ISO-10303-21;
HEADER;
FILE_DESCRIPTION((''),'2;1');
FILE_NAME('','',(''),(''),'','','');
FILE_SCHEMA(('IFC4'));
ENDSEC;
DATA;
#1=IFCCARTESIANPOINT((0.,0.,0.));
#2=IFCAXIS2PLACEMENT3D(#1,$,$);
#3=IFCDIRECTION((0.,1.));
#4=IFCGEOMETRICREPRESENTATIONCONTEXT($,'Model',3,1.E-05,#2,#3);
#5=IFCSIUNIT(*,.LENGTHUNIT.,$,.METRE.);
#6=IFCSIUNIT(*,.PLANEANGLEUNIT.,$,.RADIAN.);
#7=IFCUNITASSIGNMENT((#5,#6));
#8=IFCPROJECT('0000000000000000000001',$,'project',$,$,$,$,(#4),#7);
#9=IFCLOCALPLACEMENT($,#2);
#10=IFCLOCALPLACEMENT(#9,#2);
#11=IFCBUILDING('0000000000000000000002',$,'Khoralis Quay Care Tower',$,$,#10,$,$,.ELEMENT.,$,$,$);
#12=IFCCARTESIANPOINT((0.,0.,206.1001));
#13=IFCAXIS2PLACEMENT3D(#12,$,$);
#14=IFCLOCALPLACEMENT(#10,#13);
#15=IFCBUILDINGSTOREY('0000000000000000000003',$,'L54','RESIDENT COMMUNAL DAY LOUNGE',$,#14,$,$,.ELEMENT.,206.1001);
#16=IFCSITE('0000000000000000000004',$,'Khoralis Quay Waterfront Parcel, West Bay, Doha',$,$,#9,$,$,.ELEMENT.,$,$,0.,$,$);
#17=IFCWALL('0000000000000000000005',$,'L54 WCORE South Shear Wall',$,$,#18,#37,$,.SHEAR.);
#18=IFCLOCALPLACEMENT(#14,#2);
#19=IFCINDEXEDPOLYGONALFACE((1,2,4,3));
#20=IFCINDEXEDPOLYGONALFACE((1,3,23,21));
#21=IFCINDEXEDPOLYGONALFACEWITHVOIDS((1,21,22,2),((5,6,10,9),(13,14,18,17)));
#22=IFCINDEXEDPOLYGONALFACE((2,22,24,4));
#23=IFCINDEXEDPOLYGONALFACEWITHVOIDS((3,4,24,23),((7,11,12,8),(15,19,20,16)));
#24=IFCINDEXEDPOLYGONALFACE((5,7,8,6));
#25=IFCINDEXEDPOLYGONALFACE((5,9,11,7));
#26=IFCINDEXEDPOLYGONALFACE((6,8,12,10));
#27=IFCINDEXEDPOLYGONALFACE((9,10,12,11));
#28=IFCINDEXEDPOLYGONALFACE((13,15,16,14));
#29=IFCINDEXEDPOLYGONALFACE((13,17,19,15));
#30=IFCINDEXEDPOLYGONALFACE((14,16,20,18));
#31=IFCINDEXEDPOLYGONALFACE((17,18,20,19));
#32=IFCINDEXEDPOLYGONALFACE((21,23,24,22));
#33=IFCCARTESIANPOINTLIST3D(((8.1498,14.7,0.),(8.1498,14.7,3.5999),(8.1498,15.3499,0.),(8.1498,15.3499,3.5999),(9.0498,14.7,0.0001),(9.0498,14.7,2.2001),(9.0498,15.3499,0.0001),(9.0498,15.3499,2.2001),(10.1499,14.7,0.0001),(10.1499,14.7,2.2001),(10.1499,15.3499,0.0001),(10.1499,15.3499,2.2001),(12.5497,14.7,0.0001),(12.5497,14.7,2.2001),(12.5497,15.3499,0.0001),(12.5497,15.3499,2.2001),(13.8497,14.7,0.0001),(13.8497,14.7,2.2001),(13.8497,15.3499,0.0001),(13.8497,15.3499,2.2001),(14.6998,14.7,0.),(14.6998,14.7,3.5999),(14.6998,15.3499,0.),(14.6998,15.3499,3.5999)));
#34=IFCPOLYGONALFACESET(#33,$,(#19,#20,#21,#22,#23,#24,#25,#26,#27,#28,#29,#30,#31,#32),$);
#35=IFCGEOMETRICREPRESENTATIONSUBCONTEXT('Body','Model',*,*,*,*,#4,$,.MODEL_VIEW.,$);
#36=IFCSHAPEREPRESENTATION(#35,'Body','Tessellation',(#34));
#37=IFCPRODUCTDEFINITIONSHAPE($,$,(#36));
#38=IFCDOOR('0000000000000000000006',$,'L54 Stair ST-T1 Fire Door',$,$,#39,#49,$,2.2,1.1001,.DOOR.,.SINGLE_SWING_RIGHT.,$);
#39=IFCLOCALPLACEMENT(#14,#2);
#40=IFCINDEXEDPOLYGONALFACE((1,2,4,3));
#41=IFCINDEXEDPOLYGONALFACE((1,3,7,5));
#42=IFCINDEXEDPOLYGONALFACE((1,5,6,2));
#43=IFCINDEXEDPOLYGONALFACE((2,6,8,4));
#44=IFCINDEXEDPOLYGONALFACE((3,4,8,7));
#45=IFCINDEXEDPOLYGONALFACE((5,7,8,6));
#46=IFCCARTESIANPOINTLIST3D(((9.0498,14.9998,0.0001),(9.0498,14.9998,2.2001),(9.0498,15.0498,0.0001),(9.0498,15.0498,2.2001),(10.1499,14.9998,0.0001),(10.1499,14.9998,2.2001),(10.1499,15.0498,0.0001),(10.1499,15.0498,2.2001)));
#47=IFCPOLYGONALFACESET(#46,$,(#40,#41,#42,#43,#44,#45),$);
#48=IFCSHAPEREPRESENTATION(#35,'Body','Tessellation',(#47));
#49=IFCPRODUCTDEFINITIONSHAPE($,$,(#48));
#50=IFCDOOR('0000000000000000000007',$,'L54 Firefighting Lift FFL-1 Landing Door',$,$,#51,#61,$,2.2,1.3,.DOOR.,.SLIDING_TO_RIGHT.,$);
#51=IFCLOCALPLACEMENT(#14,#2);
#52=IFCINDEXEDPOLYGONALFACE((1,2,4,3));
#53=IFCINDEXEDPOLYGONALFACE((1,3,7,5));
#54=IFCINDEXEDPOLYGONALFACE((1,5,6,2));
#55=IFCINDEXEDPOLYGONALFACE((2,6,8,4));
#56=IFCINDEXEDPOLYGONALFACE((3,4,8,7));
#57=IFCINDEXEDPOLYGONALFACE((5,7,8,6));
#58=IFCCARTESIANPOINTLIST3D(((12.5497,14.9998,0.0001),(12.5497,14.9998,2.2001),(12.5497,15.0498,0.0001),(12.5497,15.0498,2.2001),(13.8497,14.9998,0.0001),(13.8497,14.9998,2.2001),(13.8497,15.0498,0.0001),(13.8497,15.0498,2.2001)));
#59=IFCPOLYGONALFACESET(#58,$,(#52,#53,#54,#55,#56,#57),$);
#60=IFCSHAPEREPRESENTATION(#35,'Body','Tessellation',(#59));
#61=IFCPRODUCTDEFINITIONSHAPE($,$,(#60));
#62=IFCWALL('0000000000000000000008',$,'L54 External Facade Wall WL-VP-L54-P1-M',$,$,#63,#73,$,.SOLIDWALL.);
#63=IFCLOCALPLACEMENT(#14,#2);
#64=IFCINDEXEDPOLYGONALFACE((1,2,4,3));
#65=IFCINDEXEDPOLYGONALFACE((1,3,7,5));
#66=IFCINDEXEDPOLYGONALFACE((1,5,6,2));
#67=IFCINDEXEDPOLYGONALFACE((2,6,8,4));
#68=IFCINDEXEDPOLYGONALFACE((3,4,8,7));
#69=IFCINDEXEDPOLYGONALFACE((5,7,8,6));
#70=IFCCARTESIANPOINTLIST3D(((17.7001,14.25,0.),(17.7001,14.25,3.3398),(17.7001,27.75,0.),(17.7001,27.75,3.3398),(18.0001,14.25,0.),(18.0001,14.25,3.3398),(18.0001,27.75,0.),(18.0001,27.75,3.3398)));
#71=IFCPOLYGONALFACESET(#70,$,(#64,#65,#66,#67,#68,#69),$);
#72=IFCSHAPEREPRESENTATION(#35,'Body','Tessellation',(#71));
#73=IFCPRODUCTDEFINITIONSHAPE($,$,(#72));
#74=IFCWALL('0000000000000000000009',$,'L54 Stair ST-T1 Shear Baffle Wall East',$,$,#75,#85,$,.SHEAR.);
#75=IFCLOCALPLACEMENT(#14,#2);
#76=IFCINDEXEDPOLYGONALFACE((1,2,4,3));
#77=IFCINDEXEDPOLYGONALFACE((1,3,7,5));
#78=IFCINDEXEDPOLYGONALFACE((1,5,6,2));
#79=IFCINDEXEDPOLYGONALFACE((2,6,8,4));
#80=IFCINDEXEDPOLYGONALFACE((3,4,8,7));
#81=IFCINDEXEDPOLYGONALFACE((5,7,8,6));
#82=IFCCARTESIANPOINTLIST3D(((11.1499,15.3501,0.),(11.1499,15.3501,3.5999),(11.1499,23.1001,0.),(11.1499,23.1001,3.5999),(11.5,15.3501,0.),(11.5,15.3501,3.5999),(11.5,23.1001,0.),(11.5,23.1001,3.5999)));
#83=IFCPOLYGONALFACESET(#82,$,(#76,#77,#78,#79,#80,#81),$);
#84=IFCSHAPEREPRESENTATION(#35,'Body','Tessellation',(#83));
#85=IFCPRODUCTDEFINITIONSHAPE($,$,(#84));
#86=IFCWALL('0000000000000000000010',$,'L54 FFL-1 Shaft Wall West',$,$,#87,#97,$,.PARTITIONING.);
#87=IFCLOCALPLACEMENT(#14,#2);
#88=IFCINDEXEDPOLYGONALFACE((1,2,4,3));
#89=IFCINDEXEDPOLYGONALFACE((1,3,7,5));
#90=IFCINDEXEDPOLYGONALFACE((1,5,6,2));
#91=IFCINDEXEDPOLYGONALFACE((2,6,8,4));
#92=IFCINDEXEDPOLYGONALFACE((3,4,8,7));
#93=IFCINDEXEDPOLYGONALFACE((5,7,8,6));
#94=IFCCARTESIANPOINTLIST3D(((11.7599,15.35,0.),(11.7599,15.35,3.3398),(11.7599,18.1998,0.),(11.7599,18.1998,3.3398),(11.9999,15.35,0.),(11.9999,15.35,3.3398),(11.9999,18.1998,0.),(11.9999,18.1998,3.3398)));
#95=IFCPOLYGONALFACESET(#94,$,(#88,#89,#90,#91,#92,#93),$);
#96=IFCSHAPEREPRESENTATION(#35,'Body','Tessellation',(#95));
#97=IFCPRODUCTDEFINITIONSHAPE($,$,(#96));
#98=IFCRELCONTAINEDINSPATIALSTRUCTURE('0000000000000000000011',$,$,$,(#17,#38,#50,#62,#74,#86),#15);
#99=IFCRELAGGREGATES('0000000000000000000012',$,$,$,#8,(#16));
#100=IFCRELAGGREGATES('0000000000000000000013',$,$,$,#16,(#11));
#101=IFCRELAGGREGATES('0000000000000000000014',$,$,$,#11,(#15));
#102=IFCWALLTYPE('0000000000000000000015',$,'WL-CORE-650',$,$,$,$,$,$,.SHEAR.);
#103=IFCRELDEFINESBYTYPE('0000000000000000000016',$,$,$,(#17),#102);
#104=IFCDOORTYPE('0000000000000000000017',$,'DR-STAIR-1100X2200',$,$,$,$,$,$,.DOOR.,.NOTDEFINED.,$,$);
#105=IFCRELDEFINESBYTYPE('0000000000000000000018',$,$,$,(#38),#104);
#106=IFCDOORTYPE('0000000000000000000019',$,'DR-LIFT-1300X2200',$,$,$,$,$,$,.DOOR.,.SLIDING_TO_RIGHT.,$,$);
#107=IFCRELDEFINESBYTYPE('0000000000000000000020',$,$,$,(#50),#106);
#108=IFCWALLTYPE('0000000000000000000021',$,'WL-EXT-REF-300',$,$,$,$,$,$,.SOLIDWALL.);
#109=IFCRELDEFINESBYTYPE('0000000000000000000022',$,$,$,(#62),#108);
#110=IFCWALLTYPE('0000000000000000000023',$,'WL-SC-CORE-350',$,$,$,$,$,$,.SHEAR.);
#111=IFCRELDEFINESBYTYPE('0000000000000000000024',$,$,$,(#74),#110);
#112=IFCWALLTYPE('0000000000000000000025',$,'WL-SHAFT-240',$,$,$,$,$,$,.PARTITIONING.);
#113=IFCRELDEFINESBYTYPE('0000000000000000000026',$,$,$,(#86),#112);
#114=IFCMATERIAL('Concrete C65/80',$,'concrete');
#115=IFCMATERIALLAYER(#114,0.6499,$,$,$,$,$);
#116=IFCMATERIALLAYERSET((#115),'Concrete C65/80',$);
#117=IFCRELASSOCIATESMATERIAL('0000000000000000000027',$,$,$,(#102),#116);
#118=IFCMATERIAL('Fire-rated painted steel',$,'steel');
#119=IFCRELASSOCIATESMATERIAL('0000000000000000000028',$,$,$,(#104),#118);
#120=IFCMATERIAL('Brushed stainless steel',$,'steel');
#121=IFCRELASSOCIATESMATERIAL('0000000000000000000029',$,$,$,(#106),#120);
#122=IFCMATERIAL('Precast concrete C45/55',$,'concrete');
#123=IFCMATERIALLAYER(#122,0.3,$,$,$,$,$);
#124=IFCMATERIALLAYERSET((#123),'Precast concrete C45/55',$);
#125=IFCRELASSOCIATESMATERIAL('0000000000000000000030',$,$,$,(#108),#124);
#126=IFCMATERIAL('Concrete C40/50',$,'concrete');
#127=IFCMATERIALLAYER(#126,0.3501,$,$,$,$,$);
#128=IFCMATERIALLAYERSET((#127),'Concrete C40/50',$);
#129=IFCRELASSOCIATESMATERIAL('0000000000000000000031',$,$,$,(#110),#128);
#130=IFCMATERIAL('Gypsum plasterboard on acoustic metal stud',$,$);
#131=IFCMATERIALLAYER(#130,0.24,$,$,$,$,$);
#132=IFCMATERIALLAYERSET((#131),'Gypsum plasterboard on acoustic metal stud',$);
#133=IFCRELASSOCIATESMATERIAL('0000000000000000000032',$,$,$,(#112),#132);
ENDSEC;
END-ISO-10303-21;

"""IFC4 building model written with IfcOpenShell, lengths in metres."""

from ifc_helpers import new_model, si_unit, direction, frame, frame_2d, origin, place, context, subcontext, project, spatial, rectangle, extrude, source, transform, mapped, material, layer, layer_set, type_object, element, fill, save


model = new_model("IFC4")

# Units and contexts
model_context = context("Model", 3, precision=1e-05, world=origin(), true_north=direction((0.0, 1.0)))
body_context = subcontext(model_context, "Body", "Model", "MODEL_VIEW")
ifc_project = project(units=[si_unit("LENGTHUNIT", "METRE"), si_unit("PLANEANGLEUNIT", "RADIAN")], contexts=[model_context])

# Site, building, storey
site_placement = place(None, origin())
site = spatial("IfcSite", under=ifc_project, at=site_placement, Name="Khoralis Quay Waterfront Parcel, West Bay, Doha", CompositionType="ELEMENT", RefElevation=0.0)
building_placement = place(site_placement, origin())
building = spatial("IfcBuilding", under=site, at=building_placement, Name="Khoralis Quay Care Tower", CompositionType="ELEMENT")
storey_placement = place(building_placement, frame((0.0, 0.0, 206.1001)))
storey = spatial("IfcBuildingStorey", under=building, at=storey_placement, Name="L54", Description="RESIDENT COMMUNAL DAY LOUNGE", CompositionType="ELEMENT", Elevation=206.1001)

# Shared definitions
ifc_material_1 = material(Name="Gypsum plasterboard on acoustic metal stud")
ifc_material_2 = material(Name="Fire-rated painted steel", Category="steel")

# Shared definitions
ifc_material_3 = material(Name="Concrete C65/80", Category="concrete")
ifc_layer_1 = layer(ifc_material_3, 0.6499)
ifc_layer_set_1 = layer_set([ifc_layer_1], Name="Concrete C65/80")
wall_type_1 = type_object("IfcWallType", Name="WL-CORE-650", PredefinedType="SHEAR", material=ifc_layer_set_1)

# Shared definitions
door_type_1 = type_object("IfcDoorType", Name="DR-STAIR-1100X2200", OperationType="NOTDEFINED", PredefinedType="DOOR", material=ifc_material_2)
shared_shape_1 = source(origin(), body_context, "Body", "SweptSolid", [
    extrude(rectangle(XDim=1.1001, YDim=2.2, at=frame_2d((0.55, 1.1001))), frame((0.0, 0.0249, 0.0), z_axis=(0.0, -1.0, 0.0), x_axis=(1.0, 0.0, 0.0)), (0.0, 0.0, 1.0), 0.05),
])

# Wall, openings, doors
wall_1_placement = place(storey_placement, frame((8.1499, 15.0249, 0.0), z_axis=(0.0, 0.0, 1.0), x_axis=(1.0, 0.0, 0.0)))
wall_1 = element("IfcWall", 1, at=wall_1_placement, inside=storey, type_object=wall_type_1, Name="L54 WCORE South Shear Wall", PredefinedType="SHEAR", context=body_context, shape_type="SweptSolid", body=[
    extrude(rectangle(XDim=6.55, YDim=0.6499, at=frame_2d((3.2749, 0.0))), origin(), (0.0, 0.0, 1.0), 3.5999),
])
opening_1_placement = place(wall_1_placement, frame((0.8999, 0.0, 0.0)))
opening_1 = element("IfcOpeningElement", 2, at=opening_1_placement, cuts=wall_1, PredefinedType="OPENING", context=body_context, shape_type="SweptSolid", body=[
    extrude(rectangle(XDim=1.1001, YDim=2.2, at=frame_2d((0.55, 1.1001))), frame((0.0, 0.335, 0.0), z_axis=(0.0, -1.0, 0.0), x_axis=(1.0, 0.0, 0.0)), (0.0, 0.0, 1.0), 0.6699),
])
opening_2_placement = place(wall_1_placement, frame((4.3999, 0.0, 0.0)))
opening_2 = element("IfcOpeningElement", 3, at=opening_2_placement, cuts=wall_1, PredefinedType="OPENING", context=body_context, shape_type="SweptSolid", body=[
    extrude(rectangle(XDim=1.3, YDim=2.2, at=frame_2d((0.6499, 1.1001))), frame((0.0, 0.335, 0.0), z_axis=(0.0, -1.0, 0.0), x_axis=(1.0, 0.0, 0.0)), (0.0, 0.0, 1.0), 0.6699),
])
door_1_placement = place(opening_1_placement, origin())
door_1 = element("IfcDoor", 4, at=door_1_placement, inside=storey, type_object=door_type_1, Name="L54 Stair ST-T1 Fire Door", OperationType="SINGLE_SWING_RIGHT", OverallHeight=2.2, OverallWidth=1.1001, PredefinedType="DOOR", context=body_context, shape_type="MappedRepresentation", body=[
    mapped(shared_shape_1, transform((0.0, 0.0, 0.0), scale=1.0)),
])
fill(opening_1, door_1)
ifc_material_4 = material(Name="Brushed stainless steel", Category="steel")
door_type_2 = type_object("IfcDoorType", Name="DR-LIFT-1300X2200", OperationType="SLIDING_TO_RIGHT", PredefinedType="DOOR", material=ifc_material_4)
shared_shape_2 = source(origin(), body_context, "Body", "SweptSolid", [
    extrude(rectangle(XDim=1.3, YDim=2.2, at=frame_2d((0.6499, 1.1001))), frame((0.0, 0.0249, 0.0), z_axis=(0.0, -1.0, 0.0), x_axis=(1.0, 0.0, 0.0)), (0.0, 0.0, 1.0), 0.05),
])
door_2_placement = place(opening_2_placement, origin())
door_2 = element("IfcDoor", 5, at=door_2_placement, inside=storey, type_object=door_type_2, Name="L54 Firefighting Lift FFL-1 Landing Door", OperationType="SLIDING_TO_RIGHT", OverallHeight=2.2, OverallWidth=1.3, PredefinedType="DOOR", context=body_context, shape_type="MappedRepresentation", body=[
    mapped(shared_shape_2, transform((0.0, 0.0, 0.0), scale=1.0)),
])
fill(opening_2, door_2)

# Walls
ifc_material_5 = material(Name="Precast concrete C45/55", Category="concrete")
ifc_layer_2 = layer(ifc_material_5, 0.3)
ifc_layer_set_2 = layer_set([ifc_layer_2], Name="Precast concrete C45/55")
wall_type_2 = type_object("IfcWallType", Name="WL-EXT-REF-300", PredefinedType="SOLIDWALL", material=ifc_layer_set_2)
wall_2_placement = place(storey_placement, frame((17.8501, 14.25, 0.0), z_axis=(0.0, 0.0, 1.0), x_axis=(0.0, 1.0, 0.0)))
element("IfcWall", 6, at=wall_2_placement, inside=storey, type_object=wall_type_2, Name="L54 External Facade Wall WL-VP-L54-P1-M", PredefinedType="SOLIDWALL", context=body_context, shape_type="SweptSolid", body=[
    extrude(rectangle(XDim=13.5, YDim=0.3, at=frame_2d((6.75, 0.0))), origin(), (0.0, 0.0, 1.0), 3.3398),
])
ifc_material_6 = material(Name="Concrete C40/50", Category="concrete")
ifc_layer_3 = layer(ifc_material_6, 0.3501)
ifc_layer_set_3 = layer_set([ifc_layer_3], Name="Concrete C40/50")
wall_type_3 = type_object("IfcWallType", Name="WL-SC-CORE-350", PredefinedType="SHEAR", material=ifc_layer_set_3)
wall_3_placement = place(storey_placement, frame((11.325, 15.3501, 0.0), z_axis=(0.0, 0.0, 1.0), x_axis=(0.0, 1.0, 0.0)))
element("IfcWall", 7, at=wall_3_placement, inside=storey, type_object=wall_type_3, Name="L54 Stair ST-T1 Shear Baffle Wall East", PredefinedType="SHEAR", context=body_context, shape_type="SweptSolid", body=[
    extrude(rectangle(XDim=7.75, YDim=0.3501, at=frame_2d((3.875, 0.0))), origin(), (0.0, 0.0, 1.0), 3.5999),
])
ifc_layer_4 = layer(ifc_material_1, 0.24)
ifc_layer_set_4 = layer_set([ifc_layer_4], Name="Gypsum plasterboard on acoustic metal stud")
wall_type_4 = type_object("IfcWallType", Name="WL-SHAFT-240", PredefinedType="PARTITIONING", material=ifc_layer_set_4)
wall_4_placement = place(storey_placement, frame((11.8799, 15.3501, 0.0), z_axis=(0.0, 0.0, 1.0), x_axis=(0.0, 1.0, 0.0)))
element("IfcWall", 8, at=wall_4_placement, inside=storey, type_object=wall_type_4, Name="L54 FFL-1 Shaft Wall West", PredefinedType="PARTITIONING", context=body_context, shape_type="SweptSolid", body=[
    extrude(rectangle(XDim=2.8499, YDim=0.24, at=frame_2d((1.4248, 0.0))), origin(), (0.0, 0.0, 1.0), 3.3398),
])

save(model, "model.ifc")
